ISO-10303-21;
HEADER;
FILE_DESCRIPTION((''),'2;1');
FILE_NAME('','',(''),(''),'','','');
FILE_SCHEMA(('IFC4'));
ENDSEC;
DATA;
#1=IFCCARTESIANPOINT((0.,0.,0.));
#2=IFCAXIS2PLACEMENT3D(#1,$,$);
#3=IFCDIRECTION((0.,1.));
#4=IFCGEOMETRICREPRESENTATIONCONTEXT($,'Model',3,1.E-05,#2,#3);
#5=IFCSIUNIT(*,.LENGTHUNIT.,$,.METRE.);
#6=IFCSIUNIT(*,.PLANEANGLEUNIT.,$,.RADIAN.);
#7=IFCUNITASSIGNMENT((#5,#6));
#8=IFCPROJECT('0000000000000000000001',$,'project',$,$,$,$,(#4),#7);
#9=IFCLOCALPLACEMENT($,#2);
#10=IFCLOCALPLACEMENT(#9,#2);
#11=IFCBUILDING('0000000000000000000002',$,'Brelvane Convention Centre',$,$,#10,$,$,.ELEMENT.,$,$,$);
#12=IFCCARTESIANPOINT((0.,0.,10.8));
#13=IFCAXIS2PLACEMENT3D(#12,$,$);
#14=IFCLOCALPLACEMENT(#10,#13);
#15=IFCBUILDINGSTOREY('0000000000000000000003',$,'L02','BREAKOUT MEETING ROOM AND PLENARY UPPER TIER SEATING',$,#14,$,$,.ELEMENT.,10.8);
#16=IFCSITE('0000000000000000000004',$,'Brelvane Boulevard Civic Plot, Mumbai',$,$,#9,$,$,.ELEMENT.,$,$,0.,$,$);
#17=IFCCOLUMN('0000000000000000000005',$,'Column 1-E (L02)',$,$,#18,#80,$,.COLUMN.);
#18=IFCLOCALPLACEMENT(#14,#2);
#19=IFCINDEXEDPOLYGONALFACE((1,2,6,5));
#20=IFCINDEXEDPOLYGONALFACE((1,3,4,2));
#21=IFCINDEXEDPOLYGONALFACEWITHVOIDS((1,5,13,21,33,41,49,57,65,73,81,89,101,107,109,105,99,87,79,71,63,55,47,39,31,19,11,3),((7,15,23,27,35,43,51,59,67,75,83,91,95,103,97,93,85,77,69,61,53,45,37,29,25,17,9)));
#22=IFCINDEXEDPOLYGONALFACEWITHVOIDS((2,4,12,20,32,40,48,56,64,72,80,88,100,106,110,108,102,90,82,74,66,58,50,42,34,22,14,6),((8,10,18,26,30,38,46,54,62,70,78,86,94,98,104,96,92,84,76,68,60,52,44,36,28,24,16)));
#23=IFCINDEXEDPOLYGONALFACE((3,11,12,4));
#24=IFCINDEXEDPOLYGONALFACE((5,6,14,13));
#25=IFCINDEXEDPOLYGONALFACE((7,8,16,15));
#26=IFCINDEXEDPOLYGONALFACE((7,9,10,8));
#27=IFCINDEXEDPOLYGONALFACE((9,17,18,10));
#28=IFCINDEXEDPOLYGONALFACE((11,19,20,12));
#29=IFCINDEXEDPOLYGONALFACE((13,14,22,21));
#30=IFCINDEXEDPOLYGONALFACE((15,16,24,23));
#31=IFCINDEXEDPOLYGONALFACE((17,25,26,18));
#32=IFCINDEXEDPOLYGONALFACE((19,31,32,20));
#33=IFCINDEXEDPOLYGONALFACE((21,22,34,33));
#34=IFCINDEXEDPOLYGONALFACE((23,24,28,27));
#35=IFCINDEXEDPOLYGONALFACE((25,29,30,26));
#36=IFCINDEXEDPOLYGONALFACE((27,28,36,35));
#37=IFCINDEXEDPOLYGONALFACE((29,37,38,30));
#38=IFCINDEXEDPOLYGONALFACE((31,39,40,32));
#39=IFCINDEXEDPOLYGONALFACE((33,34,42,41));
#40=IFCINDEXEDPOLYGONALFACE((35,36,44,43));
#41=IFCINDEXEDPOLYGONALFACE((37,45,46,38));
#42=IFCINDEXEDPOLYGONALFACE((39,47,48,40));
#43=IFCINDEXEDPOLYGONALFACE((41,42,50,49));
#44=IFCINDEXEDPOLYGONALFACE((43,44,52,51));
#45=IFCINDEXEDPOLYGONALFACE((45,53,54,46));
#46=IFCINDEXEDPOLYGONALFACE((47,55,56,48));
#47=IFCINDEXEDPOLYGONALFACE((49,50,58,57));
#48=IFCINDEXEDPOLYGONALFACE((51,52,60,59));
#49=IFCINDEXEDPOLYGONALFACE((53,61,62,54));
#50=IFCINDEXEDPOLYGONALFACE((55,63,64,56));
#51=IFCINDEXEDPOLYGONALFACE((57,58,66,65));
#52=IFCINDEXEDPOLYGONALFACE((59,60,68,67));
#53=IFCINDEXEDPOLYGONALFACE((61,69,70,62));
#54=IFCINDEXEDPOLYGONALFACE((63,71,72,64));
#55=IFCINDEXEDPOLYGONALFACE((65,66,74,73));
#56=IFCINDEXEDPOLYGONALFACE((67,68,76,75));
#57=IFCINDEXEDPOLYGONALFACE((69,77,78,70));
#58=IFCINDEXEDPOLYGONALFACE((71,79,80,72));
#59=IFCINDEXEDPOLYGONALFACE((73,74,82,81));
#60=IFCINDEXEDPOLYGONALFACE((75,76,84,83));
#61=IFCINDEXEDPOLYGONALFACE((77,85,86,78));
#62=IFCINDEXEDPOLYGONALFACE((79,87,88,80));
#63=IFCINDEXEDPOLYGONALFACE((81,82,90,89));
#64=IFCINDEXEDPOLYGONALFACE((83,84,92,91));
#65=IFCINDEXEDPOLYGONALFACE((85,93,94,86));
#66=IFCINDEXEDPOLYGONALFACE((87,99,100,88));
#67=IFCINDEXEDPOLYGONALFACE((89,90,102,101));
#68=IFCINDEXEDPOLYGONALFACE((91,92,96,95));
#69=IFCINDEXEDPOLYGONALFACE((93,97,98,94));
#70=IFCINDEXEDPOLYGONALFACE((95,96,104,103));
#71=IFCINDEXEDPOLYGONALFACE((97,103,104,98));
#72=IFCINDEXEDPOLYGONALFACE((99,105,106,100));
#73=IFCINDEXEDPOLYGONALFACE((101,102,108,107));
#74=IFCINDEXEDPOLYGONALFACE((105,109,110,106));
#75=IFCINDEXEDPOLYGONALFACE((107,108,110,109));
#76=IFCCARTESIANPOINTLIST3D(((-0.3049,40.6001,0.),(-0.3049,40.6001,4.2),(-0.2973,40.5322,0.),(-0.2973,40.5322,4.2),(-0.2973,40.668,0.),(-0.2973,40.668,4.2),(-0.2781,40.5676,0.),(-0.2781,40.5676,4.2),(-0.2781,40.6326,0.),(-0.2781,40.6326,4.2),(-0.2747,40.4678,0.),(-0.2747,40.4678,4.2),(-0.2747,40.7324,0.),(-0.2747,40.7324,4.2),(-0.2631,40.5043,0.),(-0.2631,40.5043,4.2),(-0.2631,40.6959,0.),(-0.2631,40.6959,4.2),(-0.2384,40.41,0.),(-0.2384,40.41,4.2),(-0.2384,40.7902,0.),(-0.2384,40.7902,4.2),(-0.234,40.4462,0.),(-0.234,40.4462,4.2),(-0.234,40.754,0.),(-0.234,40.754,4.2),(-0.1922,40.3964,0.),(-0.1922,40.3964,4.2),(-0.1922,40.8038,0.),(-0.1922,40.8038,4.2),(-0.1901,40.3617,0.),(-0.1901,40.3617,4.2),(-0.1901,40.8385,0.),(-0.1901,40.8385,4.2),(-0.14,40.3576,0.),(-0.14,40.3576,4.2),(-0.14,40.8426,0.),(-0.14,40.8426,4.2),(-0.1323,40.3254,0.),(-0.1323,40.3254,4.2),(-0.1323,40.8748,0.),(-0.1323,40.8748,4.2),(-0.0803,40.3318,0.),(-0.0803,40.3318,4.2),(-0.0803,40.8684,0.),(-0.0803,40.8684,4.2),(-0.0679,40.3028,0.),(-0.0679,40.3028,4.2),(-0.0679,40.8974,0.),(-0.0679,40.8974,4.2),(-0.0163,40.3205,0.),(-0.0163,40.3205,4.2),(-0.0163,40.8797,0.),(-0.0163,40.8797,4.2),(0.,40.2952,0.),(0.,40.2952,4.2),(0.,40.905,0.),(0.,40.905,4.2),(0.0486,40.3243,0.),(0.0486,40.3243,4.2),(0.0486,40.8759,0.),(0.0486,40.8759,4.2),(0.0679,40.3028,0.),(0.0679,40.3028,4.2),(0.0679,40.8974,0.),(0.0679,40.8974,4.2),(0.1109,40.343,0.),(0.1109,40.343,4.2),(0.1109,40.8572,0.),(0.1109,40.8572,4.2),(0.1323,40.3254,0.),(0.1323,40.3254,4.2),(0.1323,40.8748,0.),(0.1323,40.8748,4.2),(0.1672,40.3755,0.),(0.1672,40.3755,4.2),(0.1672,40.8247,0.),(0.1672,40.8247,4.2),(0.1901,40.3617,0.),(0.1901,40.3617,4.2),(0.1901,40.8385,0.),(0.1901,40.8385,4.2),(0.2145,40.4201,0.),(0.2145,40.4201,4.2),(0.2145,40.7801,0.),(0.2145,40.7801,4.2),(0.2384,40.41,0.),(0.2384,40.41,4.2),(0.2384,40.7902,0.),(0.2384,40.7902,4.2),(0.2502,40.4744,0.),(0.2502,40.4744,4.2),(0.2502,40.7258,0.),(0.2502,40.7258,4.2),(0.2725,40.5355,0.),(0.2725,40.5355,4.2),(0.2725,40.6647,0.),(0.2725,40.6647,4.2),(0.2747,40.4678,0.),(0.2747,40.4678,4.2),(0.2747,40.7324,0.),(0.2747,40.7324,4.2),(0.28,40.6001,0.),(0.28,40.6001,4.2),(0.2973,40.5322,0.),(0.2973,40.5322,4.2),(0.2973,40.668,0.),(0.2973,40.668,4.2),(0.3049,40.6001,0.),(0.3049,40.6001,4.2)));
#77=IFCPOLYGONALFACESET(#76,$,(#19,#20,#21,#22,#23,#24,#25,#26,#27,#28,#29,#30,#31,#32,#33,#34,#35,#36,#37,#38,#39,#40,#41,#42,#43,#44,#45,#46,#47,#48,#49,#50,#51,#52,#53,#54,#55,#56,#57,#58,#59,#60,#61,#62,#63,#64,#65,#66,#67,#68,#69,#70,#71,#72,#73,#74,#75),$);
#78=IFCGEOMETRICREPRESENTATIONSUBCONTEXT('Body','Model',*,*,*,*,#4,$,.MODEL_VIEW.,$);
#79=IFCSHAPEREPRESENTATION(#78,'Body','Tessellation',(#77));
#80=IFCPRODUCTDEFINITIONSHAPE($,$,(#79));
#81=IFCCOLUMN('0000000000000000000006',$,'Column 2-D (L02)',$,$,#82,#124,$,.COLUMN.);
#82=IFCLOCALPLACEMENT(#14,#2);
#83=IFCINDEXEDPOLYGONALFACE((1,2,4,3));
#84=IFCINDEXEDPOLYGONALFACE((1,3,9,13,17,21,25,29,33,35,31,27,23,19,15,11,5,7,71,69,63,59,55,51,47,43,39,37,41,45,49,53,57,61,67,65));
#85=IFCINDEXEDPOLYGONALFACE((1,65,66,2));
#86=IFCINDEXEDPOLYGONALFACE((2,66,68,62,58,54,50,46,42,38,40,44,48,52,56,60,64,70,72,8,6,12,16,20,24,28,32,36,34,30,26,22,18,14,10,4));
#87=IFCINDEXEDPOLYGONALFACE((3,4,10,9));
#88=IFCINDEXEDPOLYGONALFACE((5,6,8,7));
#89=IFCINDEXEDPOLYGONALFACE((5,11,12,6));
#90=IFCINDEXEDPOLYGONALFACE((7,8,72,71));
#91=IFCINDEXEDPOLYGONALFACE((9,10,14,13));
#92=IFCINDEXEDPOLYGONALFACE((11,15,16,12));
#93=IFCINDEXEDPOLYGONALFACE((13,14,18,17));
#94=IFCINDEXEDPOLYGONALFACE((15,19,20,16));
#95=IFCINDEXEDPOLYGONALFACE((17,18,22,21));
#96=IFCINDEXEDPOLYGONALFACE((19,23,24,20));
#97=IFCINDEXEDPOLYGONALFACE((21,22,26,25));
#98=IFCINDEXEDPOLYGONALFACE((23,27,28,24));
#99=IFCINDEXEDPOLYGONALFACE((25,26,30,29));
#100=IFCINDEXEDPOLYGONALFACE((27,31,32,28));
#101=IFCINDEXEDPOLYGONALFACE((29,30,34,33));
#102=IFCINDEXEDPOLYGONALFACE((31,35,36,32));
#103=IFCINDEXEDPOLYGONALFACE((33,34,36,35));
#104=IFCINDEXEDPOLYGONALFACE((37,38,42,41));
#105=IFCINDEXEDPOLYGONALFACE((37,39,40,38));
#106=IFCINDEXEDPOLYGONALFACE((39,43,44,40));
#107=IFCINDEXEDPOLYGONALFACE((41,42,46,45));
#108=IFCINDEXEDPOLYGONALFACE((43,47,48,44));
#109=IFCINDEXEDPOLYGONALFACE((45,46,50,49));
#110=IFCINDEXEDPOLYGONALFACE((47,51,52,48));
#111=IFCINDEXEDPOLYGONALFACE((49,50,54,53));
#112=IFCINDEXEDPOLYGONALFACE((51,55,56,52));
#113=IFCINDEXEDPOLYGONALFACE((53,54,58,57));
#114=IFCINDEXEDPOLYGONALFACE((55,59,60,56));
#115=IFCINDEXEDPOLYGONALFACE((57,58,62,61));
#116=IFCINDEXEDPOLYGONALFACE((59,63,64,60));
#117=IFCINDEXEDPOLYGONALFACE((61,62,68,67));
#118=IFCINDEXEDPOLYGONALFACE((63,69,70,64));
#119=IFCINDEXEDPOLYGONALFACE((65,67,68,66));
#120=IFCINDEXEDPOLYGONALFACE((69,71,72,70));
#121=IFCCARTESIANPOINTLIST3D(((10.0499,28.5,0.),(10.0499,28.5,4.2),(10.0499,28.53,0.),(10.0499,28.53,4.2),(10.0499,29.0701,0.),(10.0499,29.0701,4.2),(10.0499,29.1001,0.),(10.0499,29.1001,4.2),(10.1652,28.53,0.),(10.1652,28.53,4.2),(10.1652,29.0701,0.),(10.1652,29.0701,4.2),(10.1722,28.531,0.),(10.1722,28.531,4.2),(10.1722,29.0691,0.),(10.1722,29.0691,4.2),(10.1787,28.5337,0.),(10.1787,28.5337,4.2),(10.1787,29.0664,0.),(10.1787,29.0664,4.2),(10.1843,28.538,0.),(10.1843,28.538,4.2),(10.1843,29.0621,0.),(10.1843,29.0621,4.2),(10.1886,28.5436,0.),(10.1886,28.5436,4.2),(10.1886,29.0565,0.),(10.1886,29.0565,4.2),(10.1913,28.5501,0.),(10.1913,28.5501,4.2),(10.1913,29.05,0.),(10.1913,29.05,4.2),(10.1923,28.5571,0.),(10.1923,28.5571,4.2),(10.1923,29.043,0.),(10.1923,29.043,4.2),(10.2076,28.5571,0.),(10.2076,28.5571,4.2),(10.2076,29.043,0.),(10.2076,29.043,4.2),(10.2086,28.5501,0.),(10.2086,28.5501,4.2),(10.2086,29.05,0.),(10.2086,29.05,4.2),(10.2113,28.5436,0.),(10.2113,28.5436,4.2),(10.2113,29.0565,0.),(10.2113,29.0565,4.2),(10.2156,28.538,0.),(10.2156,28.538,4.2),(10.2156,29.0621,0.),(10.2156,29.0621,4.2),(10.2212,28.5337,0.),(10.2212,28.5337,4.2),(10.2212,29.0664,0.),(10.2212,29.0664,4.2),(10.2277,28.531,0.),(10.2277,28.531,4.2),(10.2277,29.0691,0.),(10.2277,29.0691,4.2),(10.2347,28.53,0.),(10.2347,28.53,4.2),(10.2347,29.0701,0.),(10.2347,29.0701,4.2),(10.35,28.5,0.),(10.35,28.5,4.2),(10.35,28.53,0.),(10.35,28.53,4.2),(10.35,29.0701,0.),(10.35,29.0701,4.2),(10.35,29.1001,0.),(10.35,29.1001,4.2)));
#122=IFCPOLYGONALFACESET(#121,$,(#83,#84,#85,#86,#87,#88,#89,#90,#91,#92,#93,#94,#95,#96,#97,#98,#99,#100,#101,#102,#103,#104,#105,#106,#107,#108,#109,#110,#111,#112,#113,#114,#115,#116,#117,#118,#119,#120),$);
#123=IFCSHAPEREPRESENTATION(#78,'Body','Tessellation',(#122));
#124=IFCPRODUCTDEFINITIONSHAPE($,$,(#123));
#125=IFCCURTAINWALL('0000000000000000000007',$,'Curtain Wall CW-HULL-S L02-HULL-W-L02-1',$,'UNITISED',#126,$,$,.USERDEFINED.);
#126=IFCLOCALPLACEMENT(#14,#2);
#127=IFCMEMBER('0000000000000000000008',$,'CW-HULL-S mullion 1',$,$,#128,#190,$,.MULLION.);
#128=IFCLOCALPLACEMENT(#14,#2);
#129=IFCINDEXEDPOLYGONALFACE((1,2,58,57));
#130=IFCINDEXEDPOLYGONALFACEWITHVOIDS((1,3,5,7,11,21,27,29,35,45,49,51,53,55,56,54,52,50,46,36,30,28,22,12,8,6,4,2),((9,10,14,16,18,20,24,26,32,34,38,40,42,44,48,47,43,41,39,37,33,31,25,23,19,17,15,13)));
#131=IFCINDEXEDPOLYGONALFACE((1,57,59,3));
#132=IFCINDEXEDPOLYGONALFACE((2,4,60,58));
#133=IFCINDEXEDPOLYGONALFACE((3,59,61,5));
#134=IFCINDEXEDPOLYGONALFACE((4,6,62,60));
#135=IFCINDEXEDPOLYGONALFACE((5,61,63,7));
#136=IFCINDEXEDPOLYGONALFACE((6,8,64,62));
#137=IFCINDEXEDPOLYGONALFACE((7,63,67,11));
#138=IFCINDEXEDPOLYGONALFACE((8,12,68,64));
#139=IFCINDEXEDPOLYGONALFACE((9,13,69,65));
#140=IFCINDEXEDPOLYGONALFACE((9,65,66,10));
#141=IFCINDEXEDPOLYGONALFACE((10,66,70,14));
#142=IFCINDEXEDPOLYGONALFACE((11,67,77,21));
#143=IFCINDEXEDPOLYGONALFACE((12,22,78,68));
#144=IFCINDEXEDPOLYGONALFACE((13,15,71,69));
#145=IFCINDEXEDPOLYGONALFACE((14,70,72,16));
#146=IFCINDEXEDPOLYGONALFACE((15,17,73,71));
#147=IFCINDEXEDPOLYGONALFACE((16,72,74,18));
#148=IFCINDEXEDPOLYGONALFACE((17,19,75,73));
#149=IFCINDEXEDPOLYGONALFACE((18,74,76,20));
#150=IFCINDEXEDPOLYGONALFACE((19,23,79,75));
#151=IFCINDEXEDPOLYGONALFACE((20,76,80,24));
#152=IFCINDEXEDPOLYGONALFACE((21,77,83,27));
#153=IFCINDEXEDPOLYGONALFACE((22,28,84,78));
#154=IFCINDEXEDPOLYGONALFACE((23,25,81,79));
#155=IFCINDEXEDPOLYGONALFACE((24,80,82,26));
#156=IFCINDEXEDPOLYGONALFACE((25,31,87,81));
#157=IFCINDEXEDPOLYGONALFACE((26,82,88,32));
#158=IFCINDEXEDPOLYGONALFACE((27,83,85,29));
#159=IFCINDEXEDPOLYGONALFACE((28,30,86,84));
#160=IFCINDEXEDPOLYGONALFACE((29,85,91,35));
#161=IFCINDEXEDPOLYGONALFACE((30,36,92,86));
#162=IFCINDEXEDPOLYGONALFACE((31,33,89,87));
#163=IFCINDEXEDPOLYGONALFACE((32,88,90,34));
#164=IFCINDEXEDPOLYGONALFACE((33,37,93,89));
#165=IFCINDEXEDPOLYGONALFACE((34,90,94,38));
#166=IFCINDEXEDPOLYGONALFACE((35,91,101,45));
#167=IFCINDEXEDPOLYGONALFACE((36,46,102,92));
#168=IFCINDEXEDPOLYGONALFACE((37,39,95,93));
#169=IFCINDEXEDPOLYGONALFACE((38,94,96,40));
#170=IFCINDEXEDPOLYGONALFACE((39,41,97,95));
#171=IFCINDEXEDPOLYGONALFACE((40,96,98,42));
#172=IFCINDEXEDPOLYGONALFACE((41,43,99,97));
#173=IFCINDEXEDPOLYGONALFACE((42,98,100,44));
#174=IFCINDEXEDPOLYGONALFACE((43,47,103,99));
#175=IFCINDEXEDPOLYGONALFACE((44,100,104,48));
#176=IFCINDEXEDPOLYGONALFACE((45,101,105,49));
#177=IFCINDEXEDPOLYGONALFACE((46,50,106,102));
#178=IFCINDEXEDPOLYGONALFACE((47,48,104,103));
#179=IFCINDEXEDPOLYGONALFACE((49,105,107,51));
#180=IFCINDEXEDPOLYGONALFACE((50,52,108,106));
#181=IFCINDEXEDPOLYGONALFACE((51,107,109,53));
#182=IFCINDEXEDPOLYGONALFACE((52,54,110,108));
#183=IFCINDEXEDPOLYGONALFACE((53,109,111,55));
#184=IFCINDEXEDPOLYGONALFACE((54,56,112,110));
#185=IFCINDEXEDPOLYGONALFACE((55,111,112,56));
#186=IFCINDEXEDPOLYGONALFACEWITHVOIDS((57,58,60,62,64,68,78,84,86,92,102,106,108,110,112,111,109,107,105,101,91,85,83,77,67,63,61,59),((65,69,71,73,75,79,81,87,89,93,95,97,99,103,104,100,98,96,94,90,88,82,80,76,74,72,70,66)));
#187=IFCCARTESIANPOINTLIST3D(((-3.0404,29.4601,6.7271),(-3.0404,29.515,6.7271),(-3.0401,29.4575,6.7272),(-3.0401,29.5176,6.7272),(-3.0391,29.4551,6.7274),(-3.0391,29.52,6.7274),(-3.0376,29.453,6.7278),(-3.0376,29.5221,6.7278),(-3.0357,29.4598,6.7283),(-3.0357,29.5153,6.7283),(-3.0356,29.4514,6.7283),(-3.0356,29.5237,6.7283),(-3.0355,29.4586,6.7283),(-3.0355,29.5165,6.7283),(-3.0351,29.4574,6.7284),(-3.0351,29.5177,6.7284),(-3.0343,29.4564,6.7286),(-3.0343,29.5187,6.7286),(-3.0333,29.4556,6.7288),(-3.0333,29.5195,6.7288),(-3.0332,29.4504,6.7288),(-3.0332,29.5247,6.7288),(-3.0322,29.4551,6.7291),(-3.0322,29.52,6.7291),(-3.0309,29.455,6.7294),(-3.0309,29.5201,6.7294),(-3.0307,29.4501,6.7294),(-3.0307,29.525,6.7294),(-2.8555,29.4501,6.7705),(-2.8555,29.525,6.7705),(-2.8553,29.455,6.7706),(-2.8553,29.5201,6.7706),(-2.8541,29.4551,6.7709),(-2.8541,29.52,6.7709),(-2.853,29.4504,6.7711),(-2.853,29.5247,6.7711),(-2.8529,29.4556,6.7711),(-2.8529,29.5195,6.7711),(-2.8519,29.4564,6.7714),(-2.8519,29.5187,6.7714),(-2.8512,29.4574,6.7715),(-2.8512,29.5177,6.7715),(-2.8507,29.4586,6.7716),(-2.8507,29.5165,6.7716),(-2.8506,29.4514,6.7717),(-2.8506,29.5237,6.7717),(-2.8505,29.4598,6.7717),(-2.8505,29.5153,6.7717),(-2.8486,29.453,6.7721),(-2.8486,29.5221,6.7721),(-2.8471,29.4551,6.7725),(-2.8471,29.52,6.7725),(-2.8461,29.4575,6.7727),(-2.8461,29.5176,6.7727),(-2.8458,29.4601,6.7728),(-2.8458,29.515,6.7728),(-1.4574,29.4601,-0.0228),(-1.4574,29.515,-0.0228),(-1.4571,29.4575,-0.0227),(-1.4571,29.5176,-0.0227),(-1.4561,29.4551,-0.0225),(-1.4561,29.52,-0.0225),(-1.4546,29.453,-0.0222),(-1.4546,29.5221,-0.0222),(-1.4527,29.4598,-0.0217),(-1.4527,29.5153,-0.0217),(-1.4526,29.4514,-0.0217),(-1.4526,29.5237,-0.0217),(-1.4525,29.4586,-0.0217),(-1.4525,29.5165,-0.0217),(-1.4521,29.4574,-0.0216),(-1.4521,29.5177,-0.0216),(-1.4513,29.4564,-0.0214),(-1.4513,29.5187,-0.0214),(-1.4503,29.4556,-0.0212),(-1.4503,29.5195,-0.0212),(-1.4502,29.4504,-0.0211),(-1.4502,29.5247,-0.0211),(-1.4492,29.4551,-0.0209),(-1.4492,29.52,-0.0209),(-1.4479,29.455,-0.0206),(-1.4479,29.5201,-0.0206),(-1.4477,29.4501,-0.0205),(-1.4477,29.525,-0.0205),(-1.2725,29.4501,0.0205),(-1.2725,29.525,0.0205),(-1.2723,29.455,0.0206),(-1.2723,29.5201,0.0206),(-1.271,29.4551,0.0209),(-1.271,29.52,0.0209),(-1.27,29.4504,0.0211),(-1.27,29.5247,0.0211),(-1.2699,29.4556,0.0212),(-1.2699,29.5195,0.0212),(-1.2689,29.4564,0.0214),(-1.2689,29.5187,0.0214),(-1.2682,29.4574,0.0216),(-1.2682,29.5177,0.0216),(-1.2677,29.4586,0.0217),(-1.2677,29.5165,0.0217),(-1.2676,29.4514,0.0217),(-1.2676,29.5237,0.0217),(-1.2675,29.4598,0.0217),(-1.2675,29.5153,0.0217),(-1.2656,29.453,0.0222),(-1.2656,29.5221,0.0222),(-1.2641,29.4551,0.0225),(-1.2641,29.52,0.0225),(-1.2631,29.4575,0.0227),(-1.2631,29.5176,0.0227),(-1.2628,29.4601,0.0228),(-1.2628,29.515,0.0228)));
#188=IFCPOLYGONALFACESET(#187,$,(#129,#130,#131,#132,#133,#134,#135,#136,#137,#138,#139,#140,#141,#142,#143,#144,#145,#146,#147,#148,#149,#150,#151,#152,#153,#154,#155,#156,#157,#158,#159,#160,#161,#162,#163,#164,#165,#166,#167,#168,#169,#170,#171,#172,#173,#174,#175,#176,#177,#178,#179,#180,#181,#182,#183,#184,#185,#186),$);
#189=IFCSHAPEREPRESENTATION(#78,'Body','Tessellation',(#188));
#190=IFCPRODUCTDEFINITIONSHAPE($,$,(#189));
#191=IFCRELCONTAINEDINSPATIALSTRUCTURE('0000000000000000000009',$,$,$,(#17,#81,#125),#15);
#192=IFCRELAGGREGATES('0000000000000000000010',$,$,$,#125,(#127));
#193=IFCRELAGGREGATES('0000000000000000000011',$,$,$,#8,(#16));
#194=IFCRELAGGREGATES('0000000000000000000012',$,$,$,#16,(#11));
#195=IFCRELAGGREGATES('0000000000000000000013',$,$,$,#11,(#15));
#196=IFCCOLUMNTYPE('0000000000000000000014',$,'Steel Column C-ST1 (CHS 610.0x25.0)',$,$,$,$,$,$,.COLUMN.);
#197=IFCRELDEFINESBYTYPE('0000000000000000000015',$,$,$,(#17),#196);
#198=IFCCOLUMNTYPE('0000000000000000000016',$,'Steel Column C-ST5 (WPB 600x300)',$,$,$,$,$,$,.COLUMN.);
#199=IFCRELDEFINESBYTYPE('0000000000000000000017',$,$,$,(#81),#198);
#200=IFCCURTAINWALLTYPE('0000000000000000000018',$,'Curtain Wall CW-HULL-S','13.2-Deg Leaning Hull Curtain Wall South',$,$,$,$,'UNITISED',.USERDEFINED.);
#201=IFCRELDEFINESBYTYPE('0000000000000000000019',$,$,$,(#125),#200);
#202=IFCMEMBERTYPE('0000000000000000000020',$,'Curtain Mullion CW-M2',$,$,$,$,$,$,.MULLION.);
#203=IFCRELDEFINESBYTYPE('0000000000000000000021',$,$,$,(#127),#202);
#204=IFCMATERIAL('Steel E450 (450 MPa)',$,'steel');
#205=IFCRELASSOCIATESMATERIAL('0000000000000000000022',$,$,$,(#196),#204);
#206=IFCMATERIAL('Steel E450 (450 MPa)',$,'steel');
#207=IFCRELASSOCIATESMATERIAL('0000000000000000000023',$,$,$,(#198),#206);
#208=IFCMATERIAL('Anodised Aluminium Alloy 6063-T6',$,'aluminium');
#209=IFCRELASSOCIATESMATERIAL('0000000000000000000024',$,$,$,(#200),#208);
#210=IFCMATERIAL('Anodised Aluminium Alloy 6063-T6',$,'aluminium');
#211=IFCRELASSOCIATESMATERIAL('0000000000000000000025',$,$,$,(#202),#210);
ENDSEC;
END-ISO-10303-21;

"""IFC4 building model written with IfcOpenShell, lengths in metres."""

from ifc_helpers import new_model, si_unit, direction, frame, origin, origin_2d, place, context, subcontext, project, spatial, hollow_rectangle, hollow_circle, i_section, extrude, material, material_profile, profile_set, type_object, element, aggregate, save


model = new_model("IFC4")

# Units and contexts
model_context = context("Model", 3, precision=1e-05, world=origin(), true_north=direction((0.0, 1.0)))
body_context = subcontext(model_context, "Body", "Model", "MODEL_VIEW")
ifc_project = project(units=[si_unit("LENGTHUNIT", "METRE"), si_unit("PLANEANGLEUNIT", "RADIAN")], contexts=[model_context])

# Site, building, storey
site_placement = place(None, origin())
site = spatial("IfcSite", under=ifc_project, at=site_placement, Name="Brelvane Boulevard Civic Plot, Mumbai", CompositionType="ELEMENT", RefElevation=0.0)
building_placement = place(site_placement, origin())
building = spatial("IfcBuilding", under=site, at=building_placement, Name="Brelvane Convention Centre", CompositionType="ELEMENT")
storey_placement = place(building_placement, frame((0.0, 0.0, 10.8)))
storey = spatial("IfcBuildingStorey", under=building, at=storey_placement, Name="L02", Description="BREAKOUT MEETING ROOM AND PLENARY UPPER TIER SEATING", CompositionType="ELEMENT", Elevation=10.8)

# Columns
ifc_material_1 = material(Name="Steel E450 (450 MPa)", Category="steel")
ifc_material_profile_1 = material_profile(ifc_material_1, hollow_circle(Radius=0.3049, WallThickness=0.0249, at=origin_2d()), Name="CHS 610.0x25.0")
ifc_profile_set_1 = profile_set([ifc_material_profile_1], Name="Steel E450 (450 MPa)")
column_type_1 = type_object("IfcColumnType", Name="Steel Column C-ST1 (CHS 610.0x25.0)", PredefinedType="COLUMN", material=ifc_profile_set_1)
column_1_placement = place(storey_placement, frame((0.0, 40.6001, 0.0), z_axis=(0.0, 0.0, 1.0), x_axis=(1.0, 0.0, 0.0)))
element("IfcColumn", 1, at=column_1_placement, inside=storey, type_object=column_type_1, Name="Column 1-E (L02)", PredefinedType="COLUMN", context=body_context, shape_type="SweptSolid", body=[
    extrude(hollow_circle(Radius=0.3049, WallThickness=0.0249, at=origin_2d()), origin(), (0.0, 0.0, 1.0), 4.2),
])
ifc_material_2 = material(Name="Steel E450 (450 MPa)", Category="steel")
ifc_material_profile_2 = material_profile(ifc_material_2, i_section(OverallWidth=0.3, OverallDepth=0.6001, WebThickness=0.0154, FlangeThickness=0.03, FilletRadius=0.0271, at=origin_2d()), Name="WPB 600x300")
ifc_profile_set_2 = profile_set([ifc_material_profile_2], Name="Steel E450 (450 MPa)")
column_type_2 = type_object("IfcColumnType", Name="Steel Column C-ST5 (WPB 600x300)", PredefinedType="COLUMN", material=ifc_profile_set_2)
column_2_placement = place(storey_placement, frame((10.2, 28.8, 0.0), z_axis=(0.0, 0.0, 1.0), x_axis=(1.0, 0.0, 0.0)))
element("IfcColumn", 2, at=column_2_placement, inside=storey, type_object=column_type_2, Name="Column 2-D (L02)", PredefinedType="COLUMN", context=body_context, shape_type="SweptSolid", body=[
    extrude(i_section(OverallWidth=0.3, OverallDepth=0.6001, WebThickness=0.0154, FlangeThickness=0.03, FilletRadius=0.0271, at=origin_2d()), origin(), (0.0, 0.0, 1.0), 4.2),
])

# Curtain wall, member
ifc_material_3 = material(Name="Anodised Aluminium Alloy 6063-T6", Category="aluminium")
curtain_wall_type = type_object("IfcCurtainWallType", Name="Curtain Wall CW-HULL-S", Description="13.2-Deg Leaning Hull Curtain Wall South", ElementType="UNITISED", PredefinedType="USERDEFINED", material=ifc_material_3)
curtain_wall_1_placement = place(storey_placement, origin())
curtain_wall_1 = element("IfcCurtainWall", 3, at=curtain_wall_1_placement, inside=storey, type_object=curtain_wall_type, Name="Curtain Wall CW-HULL-S L02-HULL-W-L02-1", ObjectType="UNITISED", PredefinedType="USERDEFINED")
ifc_material_4 = material(Name="Anodised Aluminium Alloy 6063-T6", Category="aluminium")
ifc_material_profile_3 = material_profile(ifc_material_4, hollow_rectangle(XDim=0.075, YDim=0.2, WallThickness=0.0049, InnerFilletRadius=0.0049, OuterFilletRadius=0.01, at=origin_2d()), Name="ALU-M 200x75x5.0")
ifc_profile_set_3 = profile_set([ifc_material_profile_3], Name="Anodised Aluminium Alloy 6063-T6")
member_type_1 = type_object("IfcMemberType", Name="Curtain Mullion CW-M2", PredefinedType="MULLION", material=ifc_profile_set_3)
member_1_placement = place(storey_placement, frame((-1.3601, 29.4875, 0.0), z_axis=(-0.228325, 0.0, 0.973585), x_axis=(0.0, -1.0, 0.0)))
member_1 = element("IfcMember", 4, at=member_1_placement, type_object=member_type_1, Name="CW-HULL-S mullion 1", PredefinedType="MULLION", context=body_context, shape_type="SweptSolid", body=[
    extrude(hollow_rectangle(XDim=0.075, YDim=0.2, WallThickness=0.0049, InnerFilletRadius=0.0049, OuterFilletRadius=0.01, at=origin_2d()), origin(), (0.0, 0.0, 1.0), 6.9331),
])

aggregate(curtain_wall_1, [member_1])

save(model, "model.ifc")
